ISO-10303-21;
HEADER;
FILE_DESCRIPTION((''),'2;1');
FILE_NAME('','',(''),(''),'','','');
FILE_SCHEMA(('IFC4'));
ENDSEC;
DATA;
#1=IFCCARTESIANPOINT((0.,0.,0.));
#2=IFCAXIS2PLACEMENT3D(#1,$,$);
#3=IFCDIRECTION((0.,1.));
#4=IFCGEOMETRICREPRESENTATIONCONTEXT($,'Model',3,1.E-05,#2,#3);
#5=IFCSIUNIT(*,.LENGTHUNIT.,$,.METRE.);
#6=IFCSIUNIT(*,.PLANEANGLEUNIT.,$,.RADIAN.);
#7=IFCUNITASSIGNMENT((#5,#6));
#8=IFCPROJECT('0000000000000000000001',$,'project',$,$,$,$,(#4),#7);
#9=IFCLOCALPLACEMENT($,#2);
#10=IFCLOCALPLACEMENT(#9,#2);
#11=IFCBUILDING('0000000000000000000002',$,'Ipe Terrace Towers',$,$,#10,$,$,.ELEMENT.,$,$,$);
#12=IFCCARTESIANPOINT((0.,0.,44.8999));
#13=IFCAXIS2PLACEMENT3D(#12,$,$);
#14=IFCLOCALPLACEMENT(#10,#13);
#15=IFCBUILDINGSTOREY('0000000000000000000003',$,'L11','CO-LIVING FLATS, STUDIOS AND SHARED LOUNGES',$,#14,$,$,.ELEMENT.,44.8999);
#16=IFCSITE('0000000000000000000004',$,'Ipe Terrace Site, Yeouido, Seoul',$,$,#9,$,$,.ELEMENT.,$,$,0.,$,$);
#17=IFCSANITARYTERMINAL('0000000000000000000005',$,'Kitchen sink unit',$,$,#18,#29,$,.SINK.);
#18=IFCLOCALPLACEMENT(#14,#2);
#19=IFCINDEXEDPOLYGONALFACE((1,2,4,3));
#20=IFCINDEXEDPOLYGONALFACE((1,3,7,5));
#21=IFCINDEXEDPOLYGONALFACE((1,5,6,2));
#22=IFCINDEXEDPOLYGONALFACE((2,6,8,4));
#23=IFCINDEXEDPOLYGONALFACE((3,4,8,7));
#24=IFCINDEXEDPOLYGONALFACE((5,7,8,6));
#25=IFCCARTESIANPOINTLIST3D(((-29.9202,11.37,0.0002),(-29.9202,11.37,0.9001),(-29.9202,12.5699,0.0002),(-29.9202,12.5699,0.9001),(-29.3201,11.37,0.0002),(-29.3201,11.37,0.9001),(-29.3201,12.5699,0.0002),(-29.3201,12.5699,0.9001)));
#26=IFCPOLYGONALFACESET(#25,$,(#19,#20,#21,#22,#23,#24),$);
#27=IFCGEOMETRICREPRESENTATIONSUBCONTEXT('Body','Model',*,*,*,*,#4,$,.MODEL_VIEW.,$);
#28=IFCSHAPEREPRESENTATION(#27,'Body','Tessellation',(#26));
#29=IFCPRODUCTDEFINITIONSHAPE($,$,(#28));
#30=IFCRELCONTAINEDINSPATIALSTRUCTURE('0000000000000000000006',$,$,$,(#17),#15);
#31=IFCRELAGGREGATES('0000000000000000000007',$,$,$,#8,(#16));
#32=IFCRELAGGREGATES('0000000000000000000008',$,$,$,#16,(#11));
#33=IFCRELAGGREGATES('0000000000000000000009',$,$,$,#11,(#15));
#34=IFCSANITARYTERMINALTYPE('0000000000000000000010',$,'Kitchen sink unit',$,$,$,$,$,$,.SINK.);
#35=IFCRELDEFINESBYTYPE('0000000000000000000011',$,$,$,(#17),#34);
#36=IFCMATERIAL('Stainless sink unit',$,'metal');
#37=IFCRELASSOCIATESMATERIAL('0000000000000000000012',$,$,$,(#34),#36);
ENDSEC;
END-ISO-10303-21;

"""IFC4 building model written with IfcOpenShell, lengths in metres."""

from ifc_helpers import new_model, si_unit, direction, frame, origin, origin_2d, place, context, subcontext, project, spatial, rectangle, extrude, material, type_object, element, save


model = new_model("IFC4")

# Units and contexts
model_context = context("Model", 3, precision=1e-05, world=origin(), true_north=direction((0.0, 1.0)))
body_context = subcontext(model_context, "Body", "Model", "MODEL_VIEW")
ifc_project = project(units=[si_unit("LENGTHUNIT", "METRE"), si_unit("PLANEANGLEUNIT", "RADIAN")], contexts=[model_context])

# Site, building, storey
site_placement = place(None, origin())
site = spatial("IfcSite", under=ifc_project, at=site_placement, Name="Ipe Terrace Site, Yeouido, Seoul", CompositionType="ELEMENT", RefElevation=0.0)
building_placement = place(site_placement, origin())
building = spatial("IfcBuilding", under=site, at=building_placement, Name="Ipe Terrace Towers", CompositionType="ELEMENT")
storey_placement = place(building_placement, frame((0.0, 0.0, 44.8999)))
storey = spatial("IfcBuildingStorey", under=building, at=storey_placement, Name="L11", Description="CO-LIVING FLATS, STUDIOS AND SHARED LOUNGES", CompositionType="ELEMENT", Elevation=44.8999)

# Sanitary terminal
ifc_material_1 = material(Name="Stainless sink unit", Category="metal")
sanitary_terminal_type = type_object("IfcSanitaryTerminalType", Name="Kitchen sink unit", PredefinedType="SINK", material=ifc_material_1)
sanitary_terminal_placement = place(storey_placement, frame((-29.6201, 11.97, 0.0002), z_axis=(0.0, 0.0, 1.0), x_axis=(0.0, -1.0, 0.0)))
element("IfcSanitaryTerminal", 1, at=sanitary_terminal_placement, inside=storey, type_object=sanitary_terminal_type, Name="Kitchen sink unit", PredefinedType="SINK", context=body_context, shape_type="SweptSolid", body=[
    extrude(rectangle(XDim=1.2, YDim=0.6001, at=origin_2d()), origin(), (0.0, 0.0, 1.0), 0.8999),
])

save(model, "model.ifc")
